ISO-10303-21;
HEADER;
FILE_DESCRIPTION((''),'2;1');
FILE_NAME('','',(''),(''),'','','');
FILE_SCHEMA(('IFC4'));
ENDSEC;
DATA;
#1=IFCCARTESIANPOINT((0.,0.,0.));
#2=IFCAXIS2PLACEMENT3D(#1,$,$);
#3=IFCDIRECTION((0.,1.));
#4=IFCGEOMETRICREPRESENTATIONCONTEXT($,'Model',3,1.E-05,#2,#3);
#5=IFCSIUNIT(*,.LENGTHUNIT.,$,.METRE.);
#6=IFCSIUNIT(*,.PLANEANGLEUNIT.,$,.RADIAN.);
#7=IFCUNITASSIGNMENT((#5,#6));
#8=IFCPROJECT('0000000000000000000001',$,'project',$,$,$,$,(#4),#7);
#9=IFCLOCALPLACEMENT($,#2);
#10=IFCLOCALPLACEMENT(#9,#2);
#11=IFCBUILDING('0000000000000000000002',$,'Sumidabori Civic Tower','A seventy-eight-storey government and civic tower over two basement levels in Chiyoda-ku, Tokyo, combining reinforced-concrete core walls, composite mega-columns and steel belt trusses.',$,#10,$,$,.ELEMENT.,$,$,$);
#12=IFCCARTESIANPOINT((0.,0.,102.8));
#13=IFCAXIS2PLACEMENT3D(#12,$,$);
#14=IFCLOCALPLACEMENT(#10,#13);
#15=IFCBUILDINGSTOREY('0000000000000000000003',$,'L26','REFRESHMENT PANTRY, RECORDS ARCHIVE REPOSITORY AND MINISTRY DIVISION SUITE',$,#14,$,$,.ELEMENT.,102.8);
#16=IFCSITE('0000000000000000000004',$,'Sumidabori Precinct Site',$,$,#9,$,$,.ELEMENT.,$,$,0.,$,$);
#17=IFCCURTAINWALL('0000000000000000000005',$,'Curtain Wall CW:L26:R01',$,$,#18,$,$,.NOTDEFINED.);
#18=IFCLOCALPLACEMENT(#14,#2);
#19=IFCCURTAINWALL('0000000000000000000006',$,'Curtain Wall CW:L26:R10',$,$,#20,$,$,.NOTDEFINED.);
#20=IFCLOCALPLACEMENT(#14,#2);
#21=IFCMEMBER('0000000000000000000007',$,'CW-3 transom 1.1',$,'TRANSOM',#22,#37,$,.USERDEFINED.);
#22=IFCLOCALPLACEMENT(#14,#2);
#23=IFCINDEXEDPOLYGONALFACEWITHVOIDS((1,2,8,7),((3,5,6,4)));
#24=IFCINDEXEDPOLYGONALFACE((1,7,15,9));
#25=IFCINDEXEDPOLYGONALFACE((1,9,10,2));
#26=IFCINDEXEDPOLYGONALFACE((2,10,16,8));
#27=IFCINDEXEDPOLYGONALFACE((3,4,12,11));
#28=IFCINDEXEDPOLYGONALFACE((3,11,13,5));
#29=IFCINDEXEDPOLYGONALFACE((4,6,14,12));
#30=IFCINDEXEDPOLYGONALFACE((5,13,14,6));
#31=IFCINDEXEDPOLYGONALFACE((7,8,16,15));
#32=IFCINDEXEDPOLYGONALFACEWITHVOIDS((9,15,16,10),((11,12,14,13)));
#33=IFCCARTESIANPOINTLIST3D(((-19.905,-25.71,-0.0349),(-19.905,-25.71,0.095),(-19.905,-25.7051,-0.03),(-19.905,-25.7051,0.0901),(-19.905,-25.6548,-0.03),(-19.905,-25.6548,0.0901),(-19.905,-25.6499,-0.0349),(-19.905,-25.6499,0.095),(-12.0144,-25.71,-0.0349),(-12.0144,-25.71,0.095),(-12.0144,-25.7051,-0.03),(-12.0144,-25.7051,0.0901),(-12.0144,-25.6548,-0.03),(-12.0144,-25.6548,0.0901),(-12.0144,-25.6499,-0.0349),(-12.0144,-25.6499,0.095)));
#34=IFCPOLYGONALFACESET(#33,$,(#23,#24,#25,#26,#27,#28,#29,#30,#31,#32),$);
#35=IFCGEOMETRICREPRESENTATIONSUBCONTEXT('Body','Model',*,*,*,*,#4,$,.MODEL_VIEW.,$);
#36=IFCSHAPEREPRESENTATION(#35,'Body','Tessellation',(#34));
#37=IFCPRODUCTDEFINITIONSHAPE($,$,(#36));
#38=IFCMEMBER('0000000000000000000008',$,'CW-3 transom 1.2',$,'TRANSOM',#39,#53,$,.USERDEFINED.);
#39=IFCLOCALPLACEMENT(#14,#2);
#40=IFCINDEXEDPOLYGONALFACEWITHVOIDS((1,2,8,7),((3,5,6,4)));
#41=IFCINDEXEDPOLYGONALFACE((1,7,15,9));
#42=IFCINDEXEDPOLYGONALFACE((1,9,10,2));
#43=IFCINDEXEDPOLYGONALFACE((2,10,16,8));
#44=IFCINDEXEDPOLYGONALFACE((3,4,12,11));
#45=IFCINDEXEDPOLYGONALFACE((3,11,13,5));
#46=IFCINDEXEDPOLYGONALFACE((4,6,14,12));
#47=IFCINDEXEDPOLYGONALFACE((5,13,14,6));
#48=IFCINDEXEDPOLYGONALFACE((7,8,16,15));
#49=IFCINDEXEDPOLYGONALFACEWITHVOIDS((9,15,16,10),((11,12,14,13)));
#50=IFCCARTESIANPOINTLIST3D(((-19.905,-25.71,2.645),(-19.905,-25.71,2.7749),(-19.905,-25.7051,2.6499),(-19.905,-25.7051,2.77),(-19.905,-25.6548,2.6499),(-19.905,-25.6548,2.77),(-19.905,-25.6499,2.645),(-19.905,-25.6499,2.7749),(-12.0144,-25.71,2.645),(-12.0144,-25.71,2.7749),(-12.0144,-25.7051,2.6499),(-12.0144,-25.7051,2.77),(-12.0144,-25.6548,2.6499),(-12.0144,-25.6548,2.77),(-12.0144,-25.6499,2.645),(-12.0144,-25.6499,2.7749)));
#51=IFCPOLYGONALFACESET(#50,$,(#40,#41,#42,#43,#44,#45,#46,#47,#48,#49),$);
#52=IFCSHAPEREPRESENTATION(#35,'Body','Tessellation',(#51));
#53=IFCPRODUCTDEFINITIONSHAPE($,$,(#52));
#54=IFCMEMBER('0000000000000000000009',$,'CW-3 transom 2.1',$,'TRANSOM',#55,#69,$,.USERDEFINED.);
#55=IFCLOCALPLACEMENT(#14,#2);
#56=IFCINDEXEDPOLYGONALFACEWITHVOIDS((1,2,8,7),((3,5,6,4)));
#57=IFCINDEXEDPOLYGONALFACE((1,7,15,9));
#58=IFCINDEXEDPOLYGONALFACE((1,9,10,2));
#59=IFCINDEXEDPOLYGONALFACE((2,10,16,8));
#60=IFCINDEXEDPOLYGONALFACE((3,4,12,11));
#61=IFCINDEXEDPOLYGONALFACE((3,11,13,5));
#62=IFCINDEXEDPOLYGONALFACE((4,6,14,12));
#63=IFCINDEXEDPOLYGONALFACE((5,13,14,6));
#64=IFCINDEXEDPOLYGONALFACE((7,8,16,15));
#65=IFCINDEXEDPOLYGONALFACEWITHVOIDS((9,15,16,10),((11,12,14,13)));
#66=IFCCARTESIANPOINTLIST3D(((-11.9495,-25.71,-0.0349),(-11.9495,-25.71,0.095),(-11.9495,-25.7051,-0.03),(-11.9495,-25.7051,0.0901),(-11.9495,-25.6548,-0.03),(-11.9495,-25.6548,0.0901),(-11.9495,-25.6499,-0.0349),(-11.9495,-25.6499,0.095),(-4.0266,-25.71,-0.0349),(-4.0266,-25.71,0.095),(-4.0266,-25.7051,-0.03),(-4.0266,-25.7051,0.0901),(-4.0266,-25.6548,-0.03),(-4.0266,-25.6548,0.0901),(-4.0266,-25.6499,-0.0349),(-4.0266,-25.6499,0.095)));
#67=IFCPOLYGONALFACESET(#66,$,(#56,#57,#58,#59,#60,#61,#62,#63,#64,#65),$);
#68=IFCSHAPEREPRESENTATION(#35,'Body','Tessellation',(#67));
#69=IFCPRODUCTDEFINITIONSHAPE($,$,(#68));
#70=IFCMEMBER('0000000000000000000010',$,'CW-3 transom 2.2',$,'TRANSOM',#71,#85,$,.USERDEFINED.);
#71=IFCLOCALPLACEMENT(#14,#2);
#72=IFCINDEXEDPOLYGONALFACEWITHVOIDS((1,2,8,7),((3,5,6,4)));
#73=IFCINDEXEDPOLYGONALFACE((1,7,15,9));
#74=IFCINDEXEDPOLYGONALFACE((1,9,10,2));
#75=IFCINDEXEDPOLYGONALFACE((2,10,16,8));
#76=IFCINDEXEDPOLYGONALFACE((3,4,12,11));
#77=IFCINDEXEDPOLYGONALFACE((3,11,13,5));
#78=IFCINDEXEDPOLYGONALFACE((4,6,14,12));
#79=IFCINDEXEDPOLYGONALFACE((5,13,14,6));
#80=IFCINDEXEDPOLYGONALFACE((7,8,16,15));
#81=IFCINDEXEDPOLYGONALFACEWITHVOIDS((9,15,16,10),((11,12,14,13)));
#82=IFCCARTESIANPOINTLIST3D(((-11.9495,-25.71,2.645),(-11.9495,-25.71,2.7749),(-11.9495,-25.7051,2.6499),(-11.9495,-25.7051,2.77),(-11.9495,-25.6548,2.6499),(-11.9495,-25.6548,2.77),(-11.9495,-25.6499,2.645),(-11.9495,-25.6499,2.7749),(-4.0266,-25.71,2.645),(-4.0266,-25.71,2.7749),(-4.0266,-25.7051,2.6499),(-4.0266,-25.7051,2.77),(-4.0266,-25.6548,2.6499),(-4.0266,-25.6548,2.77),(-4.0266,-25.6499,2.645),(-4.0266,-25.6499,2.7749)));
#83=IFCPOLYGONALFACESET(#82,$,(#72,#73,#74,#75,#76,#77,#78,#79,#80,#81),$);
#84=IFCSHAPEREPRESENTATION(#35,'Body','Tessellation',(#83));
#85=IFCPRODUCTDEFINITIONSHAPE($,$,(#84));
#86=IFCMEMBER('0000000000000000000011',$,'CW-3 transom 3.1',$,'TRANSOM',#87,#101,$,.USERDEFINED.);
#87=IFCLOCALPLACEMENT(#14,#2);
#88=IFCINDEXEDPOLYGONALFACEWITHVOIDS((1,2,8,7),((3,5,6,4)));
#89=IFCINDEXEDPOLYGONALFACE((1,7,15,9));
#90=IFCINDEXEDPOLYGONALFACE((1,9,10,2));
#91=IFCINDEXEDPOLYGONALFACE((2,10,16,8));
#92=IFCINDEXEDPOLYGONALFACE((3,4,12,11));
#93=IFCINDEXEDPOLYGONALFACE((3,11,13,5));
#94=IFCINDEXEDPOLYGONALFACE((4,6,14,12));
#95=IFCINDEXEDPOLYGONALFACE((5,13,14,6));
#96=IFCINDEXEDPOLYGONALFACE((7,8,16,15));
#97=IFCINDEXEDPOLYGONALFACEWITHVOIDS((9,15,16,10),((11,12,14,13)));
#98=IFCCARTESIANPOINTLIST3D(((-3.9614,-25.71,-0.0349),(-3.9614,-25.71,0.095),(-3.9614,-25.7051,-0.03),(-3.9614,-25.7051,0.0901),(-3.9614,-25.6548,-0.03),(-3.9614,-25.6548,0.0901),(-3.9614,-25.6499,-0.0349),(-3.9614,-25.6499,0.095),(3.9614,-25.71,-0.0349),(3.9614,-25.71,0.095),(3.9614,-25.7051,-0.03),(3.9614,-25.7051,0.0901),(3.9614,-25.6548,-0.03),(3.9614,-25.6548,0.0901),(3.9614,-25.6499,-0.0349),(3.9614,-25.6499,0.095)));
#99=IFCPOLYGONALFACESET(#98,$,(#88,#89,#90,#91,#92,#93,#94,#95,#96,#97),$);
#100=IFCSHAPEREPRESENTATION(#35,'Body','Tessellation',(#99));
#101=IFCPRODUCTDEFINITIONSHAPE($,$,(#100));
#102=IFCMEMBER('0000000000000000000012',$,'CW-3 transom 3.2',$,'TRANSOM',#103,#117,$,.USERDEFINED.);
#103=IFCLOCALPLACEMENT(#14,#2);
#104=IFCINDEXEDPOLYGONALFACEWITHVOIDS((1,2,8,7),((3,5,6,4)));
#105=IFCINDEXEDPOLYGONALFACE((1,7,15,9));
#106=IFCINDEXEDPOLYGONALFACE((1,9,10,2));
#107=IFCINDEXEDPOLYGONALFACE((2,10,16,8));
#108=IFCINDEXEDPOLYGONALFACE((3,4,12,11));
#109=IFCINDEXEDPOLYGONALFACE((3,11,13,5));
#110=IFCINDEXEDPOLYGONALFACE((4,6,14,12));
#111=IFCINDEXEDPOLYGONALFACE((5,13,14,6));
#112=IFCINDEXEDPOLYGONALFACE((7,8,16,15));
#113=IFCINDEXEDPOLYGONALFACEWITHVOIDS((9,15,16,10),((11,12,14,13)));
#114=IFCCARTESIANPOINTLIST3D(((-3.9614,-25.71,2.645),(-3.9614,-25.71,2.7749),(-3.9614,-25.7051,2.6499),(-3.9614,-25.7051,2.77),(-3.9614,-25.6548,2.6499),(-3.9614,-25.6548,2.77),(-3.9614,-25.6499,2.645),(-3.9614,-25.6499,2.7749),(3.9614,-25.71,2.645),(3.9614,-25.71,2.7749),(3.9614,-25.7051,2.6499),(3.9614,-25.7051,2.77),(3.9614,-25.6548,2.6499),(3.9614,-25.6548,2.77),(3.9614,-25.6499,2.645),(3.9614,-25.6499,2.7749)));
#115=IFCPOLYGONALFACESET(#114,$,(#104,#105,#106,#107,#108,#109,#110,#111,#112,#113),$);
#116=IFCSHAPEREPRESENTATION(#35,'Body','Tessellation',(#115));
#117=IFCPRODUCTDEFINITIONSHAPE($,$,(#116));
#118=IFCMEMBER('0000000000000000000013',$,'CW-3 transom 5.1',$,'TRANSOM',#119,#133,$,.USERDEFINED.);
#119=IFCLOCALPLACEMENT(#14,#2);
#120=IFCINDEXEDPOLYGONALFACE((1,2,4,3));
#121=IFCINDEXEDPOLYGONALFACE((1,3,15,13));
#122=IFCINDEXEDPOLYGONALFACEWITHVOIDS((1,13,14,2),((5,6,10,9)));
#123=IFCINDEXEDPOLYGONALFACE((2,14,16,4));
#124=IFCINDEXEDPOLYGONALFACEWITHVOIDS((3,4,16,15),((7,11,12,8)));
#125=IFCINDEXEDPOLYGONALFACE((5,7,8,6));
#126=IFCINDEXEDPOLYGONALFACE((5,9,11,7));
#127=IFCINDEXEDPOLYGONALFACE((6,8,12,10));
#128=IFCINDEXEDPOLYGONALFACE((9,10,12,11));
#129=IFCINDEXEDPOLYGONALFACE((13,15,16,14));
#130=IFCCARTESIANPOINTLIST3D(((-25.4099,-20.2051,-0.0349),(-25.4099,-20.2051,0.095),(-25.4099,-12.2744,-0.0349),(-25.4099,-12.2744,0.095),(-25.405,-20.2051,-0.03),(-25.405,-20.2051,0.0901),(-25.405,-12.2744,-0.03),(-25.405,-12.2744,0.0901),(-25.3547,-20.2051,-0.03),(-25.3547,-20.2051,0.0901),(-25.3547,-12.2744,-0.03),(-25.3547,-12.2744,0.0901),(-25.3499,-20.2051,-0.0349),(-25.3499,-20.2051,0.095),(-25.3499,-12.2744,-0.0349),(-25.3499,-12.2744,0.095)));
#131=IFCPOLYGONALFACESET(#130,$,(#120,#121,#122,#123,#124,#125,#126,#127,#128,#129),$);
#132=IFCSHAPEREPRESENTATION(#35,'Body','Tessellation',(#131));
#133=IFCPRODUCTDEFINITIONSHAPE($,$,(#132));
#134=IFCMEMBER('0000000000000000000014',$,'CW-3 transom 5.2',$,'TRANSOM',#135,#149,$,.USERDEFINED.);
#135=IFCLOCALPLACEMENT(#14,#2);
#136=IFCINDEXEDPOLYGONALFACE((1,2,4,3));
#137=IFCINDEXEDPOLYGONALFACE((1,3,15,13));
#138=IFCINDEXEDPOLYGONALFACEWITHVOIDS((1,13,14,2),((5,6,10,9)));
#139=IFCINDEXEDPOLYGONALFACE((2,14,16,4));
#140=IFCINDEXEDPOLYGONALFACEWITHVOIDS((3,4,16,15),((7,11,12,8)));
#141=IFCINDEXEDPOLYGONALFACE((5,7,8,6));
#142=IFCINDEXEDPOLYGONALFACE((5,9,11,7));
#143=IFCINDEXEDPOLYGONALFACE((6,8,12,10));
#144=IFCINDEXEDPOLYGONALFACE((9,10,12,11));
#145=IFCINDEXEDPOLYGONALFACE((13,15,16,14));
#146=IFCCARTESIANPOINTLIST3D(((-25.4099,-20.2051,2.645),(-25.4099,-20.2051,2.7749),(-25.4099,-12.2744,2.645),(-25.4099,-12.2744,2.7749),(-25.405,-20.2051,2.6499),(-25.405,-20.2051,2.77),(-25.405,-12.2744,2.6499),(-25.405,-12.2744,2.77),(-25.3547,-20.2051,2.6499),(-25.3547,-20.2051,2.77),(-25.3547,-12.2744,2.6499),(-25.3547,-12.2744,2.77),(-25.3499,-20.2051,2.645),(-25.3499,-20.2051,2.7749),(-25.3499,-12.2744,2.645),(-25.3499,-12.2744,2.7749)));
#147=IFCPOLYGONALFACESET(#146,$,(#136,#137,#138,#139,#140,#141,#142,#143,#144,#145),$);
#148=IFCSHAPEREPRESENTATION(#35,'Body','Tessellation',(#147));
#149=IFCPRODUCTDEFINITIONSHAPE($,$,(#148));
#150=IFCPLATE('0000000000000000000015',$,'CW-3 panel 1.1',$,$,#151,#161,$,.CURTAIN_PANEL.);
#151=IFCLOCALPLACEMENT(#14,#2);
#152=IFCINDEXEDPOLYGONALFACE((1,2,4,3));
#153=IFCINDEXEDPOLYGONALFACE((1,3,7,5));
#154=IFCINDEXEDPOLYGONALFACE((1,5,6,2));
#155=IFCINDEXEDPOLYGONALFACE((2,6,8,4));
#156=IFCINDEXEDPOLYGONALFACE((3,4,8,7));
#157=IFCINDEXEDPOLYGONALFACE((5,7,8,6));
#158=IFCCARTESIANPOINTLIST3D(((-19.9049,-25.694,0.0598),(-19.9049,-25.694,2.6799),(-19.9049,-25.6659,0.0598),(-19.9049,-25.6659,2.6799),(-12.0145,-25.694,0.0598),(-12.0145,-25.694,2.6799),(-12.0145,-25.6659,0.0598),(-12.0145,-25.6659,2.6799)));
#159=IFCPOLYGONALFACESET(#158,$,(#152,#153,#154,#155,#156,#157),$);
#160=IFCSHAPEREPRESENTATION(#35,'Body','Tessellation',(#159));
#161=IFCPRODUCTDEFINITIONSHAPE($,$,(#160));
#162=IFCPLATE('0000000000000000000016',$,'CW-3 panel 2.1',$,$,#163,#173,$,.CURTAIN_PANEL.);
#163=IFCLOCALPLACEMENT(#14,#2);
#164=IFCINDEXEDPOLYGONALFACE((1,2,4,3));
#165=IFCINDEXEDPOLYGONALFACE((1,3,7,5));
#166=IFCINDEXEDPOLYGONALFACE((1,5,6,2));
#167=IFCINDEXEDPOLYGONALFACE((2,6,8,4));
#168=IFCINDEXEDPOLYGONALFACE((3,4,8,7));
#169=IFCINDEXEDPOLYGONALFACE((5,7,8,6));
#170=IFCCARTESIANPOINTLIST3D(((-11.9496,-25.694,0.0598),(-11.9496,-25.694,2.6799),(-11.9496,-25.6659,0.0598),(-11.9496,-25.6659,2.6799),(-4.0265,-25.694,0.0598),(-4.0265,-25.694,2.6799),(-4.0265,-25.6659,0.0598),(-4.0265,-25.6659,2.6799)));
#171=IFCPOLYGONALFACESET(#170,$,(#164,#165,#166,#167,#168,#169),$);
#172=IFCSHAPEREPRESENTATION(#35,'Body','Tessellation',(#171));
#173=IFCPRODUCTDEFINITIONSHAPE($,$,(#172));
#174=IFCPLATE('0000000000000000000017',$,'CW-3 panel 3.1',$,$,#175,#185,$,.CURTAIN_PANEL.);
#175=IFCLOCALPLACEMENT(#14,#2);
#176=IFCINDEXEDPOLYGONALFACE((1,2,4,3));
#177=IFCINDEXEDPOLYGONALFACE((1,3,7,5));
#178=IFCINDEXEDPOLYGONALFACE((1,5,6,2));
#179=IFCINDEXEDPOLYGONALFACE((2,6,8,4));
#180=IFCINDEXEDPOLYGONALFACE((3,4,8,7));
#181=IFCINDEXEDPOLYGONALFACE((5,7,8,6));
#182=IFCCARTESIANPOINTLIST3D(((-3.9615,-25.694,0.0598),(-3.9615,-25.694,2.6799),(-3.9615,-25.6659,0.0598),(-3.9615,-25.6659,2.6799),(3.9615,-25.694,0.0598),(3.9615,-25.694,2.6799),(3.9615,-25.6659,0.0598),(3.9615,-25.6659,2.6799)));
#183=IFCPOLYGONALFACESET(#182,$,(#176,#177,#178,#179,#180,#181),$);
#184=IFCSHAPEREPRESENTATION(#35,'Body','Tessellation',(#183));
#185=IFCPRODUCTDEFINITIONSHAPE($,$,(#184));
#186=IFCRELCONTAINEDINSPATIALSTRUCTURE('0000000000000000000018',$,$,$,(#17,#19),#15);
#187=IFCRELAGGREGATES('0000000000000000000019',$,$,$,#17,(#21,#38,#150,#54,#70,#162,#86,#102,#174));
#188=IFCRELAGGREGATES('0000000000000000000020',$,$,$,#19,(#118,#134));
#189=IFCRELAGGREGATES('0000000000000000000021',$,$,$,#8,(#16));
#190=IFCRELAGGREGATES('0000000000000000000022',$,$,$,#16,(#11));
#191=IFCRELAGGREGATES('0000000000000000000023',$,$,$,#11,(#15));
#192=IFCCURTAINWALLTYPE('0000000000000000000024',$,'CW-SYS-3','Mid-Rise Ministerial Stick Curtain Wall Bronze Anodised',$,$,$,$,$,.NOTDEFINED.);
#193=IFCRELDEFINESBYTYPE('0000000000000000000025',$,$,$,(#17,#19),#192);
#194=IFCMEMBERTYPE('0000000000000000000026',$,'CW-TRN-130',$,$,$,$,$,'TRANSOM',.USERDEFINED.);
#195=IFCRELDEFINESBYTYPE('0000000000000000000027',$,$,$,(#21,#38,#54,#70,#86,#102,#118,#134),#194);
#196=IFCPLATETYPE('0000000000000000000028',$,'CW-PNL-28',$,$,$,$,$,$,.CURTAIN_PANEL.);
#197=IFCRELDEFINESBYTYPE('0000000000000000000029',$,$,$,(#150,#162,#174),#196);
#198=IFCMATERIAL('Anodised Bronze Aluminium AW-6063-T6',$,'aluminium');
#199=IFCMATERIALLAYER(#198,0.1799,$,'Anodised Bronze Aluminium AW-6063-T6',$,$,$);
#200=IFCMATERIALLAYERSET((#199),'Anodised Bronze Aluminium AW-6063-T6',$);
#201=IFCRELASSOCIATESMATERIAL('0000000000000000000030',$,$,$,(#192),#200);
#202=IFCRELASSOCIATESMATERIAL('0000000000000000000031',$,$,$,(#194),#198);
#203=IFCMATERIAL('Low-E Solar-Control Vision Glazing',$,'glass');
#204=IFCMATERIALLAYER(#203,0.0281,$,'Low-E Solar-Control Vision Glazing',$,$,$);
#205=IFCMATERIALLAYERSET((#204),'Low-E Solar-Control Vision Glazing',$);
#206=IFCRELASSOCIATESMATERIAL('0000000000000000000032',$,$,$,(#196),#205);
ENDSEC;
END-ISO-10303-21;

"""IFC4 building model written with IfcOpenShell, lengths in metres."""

from ifc_helpers import new_model, si_unit, direction, frame, origin, origin_2d, place, context, subcontext, project, spatial, rectangle, hollow_rectangle, extrude, source, transform, mapped, material, layer, layer_set, material_profile, profile_set, type_object, element, aggregate, save


model = new_model("IFC4")

# Units and contexts
model_context = context("Model", 3, precision=1e-05, world=origin(), true_north=direction((0.0, 1.0)))
body_context = subcontext(model_context, "Body", "Model", "MODEL_VIEW")
ifc_project = project(units=[si_unit("LENGTHUNIT", "METRE"), si_unit("PLANEANGLEUNIT", "RADIAN")], contexts=[model_context])

# Site, building, storey
site_placement = place(None, origin())
site = spatial("IfcSite", under=ifc_project, at=site_placement, Name="Sumidabori Precinct Site", CompositionType="ELEMENT", RefElevation=0.0)
building_placement = place(site_placement, origin())
building = spatial("IfcBuilding", under=site, at=building_placement, Name="Sumidabori Civic Tower", Description="A seventy-eight-storey government and civic tower over two basement levels in Chiyoda-ku, Tokyo, combining reinforced-concrete core walls, composite mega-columns and steel belt trusses.", CompositionType="ELEMENT")
storey_placement = place(building_placement, frame((0.0, 0.0, 102.8)))
storey = spatial("IfcBuildingStorey", under=building, at=storey_placement, Name="L26", Description="REFRESHMENT PANTRY, RECORDS ARCHIVE REPOSITORY AND MINISTRY DIVISION SUITE", CompositionType="ELEMENT", Elevation=102.8)

# Curtain walls
ifc_material_1 = material(Name="Anodised Bronze Aluminium AW-6063-T6", Category="aluminium")
ifc_layer_1 = layer(ifc_material_1, 0.1799, Name="Anodised Bronze Aluminium AW-6063-T6")
ifc_layer_set_1 = layer_set([ifc_layer_1], Name="Anodised Bronze Aluminium AW-6063-T6")
curtain_wall_type = type_object("IfcCurtainWallType", Name="CW-SYS-3", Description="Mid-Rise Ministerial Stick Curtain Wall Bronze Anodised", PredefinedType="NOTDEFINED", material=ifc_layer_set_1)
curtain_wall_1_placement = place(storey_placement, origin())
curtain_wall_1 = element("IfcCurtainWall", 1, at=curtain_wall_1_placement, inside=storey, type_object=curtain_wall_type, Name="Curtain Wall CW:L26:R01", PredefinedType="NOTDEFINED")
curtain_wall_2_placement = place(storey_placement, origin())
curtain_wall_2 = element("IfcCurtainWall", 2, at=curtain_wall_2_placement, inside=storey, type_object=curtain_wall_type, Name="Curtain Wall CW:L26:R10", PredefinedType="NOTDEFINED")

# Members
ifc_material_profile_1 = material_profile(ifc_material_1, hollow_rectangle(XDim=0.0601, YDim=0.1299, WallThickness=0.0049, at=origin_2d()), Name="ALU TRANSOM 130x60")
ifc_profile_set_1 = profile_set([ifc_material_profile_1], Name="Anodised Bronze Aluminium AW-6063-T6")
member_type_1 = type_object("IfcMemberType", Name="CW-TRN-130", ElementType="TRANSOM", PredefinedType="USERDEFINED", material=ifc_profile_set_1)
shared_shape_1 = source(origin(), body_context, "Body", "SweptSolid", [
    extrude(hollow_rectangle(XDim=0.0601, YDim=0.1299, WallThickness=0.0049, at=origin_2d()), origin(), (0.0, 0.0, 1.0), 7.8906),
])
member_1_placement = place(storey_placement, frame((-19.905, -25.6799, 0.03), z_axis=(1.0, 0.0, 0.0), x_axis=(0.0, 1.0, 0.0)))
member_1 = element("IfcMember", 3, at=member_1_placement, type_object=member_type_1, Name="CW-3 transom 1.1", ObjectType="TRANSOM", PredefinedType="USERDEFINED", context=body_context, shape_type="MappedRepresentation", body=[
    mapped(shared_shape_1, transform((0.0, 0.0, 0.0), x_axis=(1.0, 0.0, 0.0), y_axis=(0.0, 1.0, 0.0), z_axis=(0.0, 0.0, 1.0), scale=1.0)),
])
member_2_placement = place(storey_placement, frame((-19.905, -25.6799, 2.71), z_axis=(1.0, 0.0, 0.0), x_axis=(0.0, 1.0, 0.0)))
member_2 = element("IfcMember", 4, at=member_2_placement, type_object=member_type_1, Name="CW-3 transom 1.2", ObjectType="TRANSOM", PredefinedType="USERDEFINED", context=body_context, shape_type="MappedRepresentation", body=[
    mapped(shared_shape_1, transform((0.0, 0.0, 0.0), x_axis=(1.0, 0.0, 0.0), y_axis=(0.0, 1.0, 0.0), z_axis=(0.0, 0.0, 1.0), scale=1.0)),
])
shared_shape_2 = source(origin(), body_context, "Body", "SweptSolid", [
    extrude(hollow_rectangle(XDim=0.0601, YDim=0.1299, WallThickness=0.0049, at=origin_2d()), origin(), (0.0, 0.0, 1.0), 7.9229),
])
member_3_placement = place(storey_placement, frame((-11.9495, -25.6799, 0.03), z_axis=(1.0, 0.0, 0.0), x_axis=(0.0, 1.0, 0.0)))
member_3 = element("IfcMember", 5, at=member_3_placement, type_object=member_type_1, Name="CW-3 transom 2.1", ObjectType="TRANSOM", PredefinedType="USERDEFINED", context=body_context, shape_type="MappedRepresentation", body=[
    mapped(shared_shape_2, transform((0.0, 0.0, 0.0), x_axis=(1.0, 0.0, 0.0), y_axis=(0.0, 1.0, 0.0), z_axis=(0.0, 0.0, 1.0), scale=1.0)),
])
member_4_placement = place(storey_placement, frame((-11.9495, -25.6799, 2.71), z_axis=(1.0, 0.0, 0.0), x_axis=(0.0, 1.0, 0.0)))
member_4 = element("IfcMember", 6, at=member_4_placement, type_object=member_type_1, Name="CW-3 transom 2.2", ObjectType="TRANSOM", PredefinedType="USERDEFINED", context=body_context, shape_type="MappedRepresentation", body=[
    mapped(shared_shape_2, transform((0.0, 0.0, 0.0), x_axis=(1.0, 0.0, 0.0), y_axis=(0.0, 1.0, 0.0), z_axis=(0.0, 0.0, 1.0), scale=1.0)),
])
member_5_placement = place(storey_placement, frame((-3.9614, -25.6799, 0.03), z_axis=(1.0, 0.0, 0.0), x_axis=(0.0, 1.0, 0.0)))
member_5 = element("IfcMember", 7, at=member_5_placement, type_object=member_type_1, Name="CW-3 transom 3.1", ObjectType="TRANSOM", PredefinedType="USERDEFINED", context=body_context, shape_type="MappedRepresentation", body=[
    mapped(shared_shape_2, transform((0.0, 0.0, 0.0), x_axis=(1.0, 0.0, 0.0), y_axis=(0.0, 1.0, 0.0), z_axis=(0.0, 0.0, 1.0), scale=1.0)),
])
member_6_placement = place(storey_placement, frame((-3.9614, -25.6799, 2.71), z_axis=(1.0, 0.0, 0.0), x_axis=(0.0, 1.0, 0.0)))
member_6 = element("IfcMember", 8, at=member_6_placement, type_object=member_type_1, Name="CW-3 transom 3.2", ObjectType="TRANSOM", PredefinedType="USERDEFINED", context=body_context, shape_type="MappedRepresentation", body=[
    mapped(shared_shape_2, transform((0.0, 0.0, 0.0), x_axis=(1.0, 0.0, 0.0), y_axis=(0.0, 1.0, 0.0), z_axis=(0.0, 0.0, 1.0), scale=1.0)),
])
shared_shape_3 = source(origin(), body_context, "Body", "SweptSolid", [
    extrude(hollow_rectangle(XDim=0.0601, YDim=0.1299, WallThickness=0.0049, at=origin_2d()), origin(), (0.0, 0.0, 1.0), 7.9307),
])
member_7_placement = place(storey_placement, frame((-25.3799, -12.2744, 0.03), z_axis=(0.0, -1.0, 0.0), x_axis=(1.0, 0.0, 0.0)))
member_7 = element("IfcMember", 9, at=member_7_placement, type_object=member_type_1, Name="CW-3 transom 5.1", ObjectType="TRANSOM", PredefinedType="USERDEFINED", context=body_context, shape_type="MappedRepresentation", body=[
    mapped(shared_shape_3, transform((0.0, 0.0, 0.0), x_axis=(1.0, 0.0, 0.0), y_axis=(0.0, 1.0, 0.0), z_axis=(0.0, 0.0, 1.0), scale=1.0)),
])
member_8_placement = place(storey_placement, frame((-25.3799, -12.2744, 2.71), z_axis=(0.0, -1.0, 0.0), x_axis=(1.0, 0.0, 0.0)))
member_8 = element("IfcMember", 10, at=member_8_placement, type_object=member_type_1, Name="CW-3 transom 5.2", ObjectType="TRANSOM", PredefinedType="USERDEFINED", context=body_context, shape_type="MappedRepresentation", body=[
    mapped(shared_shape_3, transform((0.0, 0.0, 0.0), x_axis=(1.0, 0.0, 0.0), y_axis=(0.0, 1.0, 0.0), z_axis=(0.0, 0.0, 1.0), scale=1.0)),
])

# Plates
ifc_material_2 = material(Name="Low-E Solar-Control Vision Glazing", Category="glass")
ifc_layer_2 = layer(ifc_material_2, 0.0281, Name="Low-E Solar-Control Vision Glazing")
ifc_layer_set_2 = layer_set([ifc_layer_2], Name="Low-E Solar-Control Vision Glazing")
plate_type = type_object("IfcPlateType", Name="CW-PNL-28", PredefinedType="CURTAIN_PANEL", material=ifc_layer_set_2)
shared_shape_4 = source(origin(), body_context, "Body", "SweptSolid", [
    extrude(rectangle(XDim=7.8904, YDim=0.0281, at=origin_2d()), origin(), (0.0, 0.0, 1.0), 2.6201),
])
plate_1_placement = place(storey_placement, frame((-15.9597, -25.6799, 0.0598), z_axis=(0.0, 0.0, 1.0), x_axis=(1.0, 0.0, 0.0)))
plate_1 = element("IfcPlate", 11, at=plate_1_placement, type_object=plate_type, Name="CW-3 panel 1.1", PredefinedType="CURTAIN_PANEL", context=body_context, shape_type="MappedRepresentation", body=[
    mapped(shared_shape_4, transform((0.0, 0.0, 0.0), x_axis=(1.0, 0.0, 0.0), y_axis=(0.0, 1.0, 0.0), z_axis=(0.0, 0.0, 1.0), scale=1.0)),
])
shared_shape_5 = source(origin(), body_context, "Body", "SweptSolid", [
    extrude(rectangle(XDim=7.9231, YDim=0.0281, at=origin_2d()), origin(), (0.0, 0.0, 1.0), 2.6201),
])
plate_2_placement = place(storey_placement, frame((-7.988, -25.6799, 0.0598), z_axis=(0.0, 0.0, 1.0), x_axis=(1.0, 0.0, 0.0)))
plate_2 = element("IfcPlate", 12, at=plate_2_placement, type_object=plate_type, Name="CW-3 panel 2.1", PredefinedType="CURTAIN_PANEL", context=body_context, shape_type="MappedRepresentation", body=[
    mapped(shared_shape_5, transform((0.0, 0.0, 0.0), x_axis=(1.0, 0.0, 0.0), y_axis=(0.0, 1.0, 0.0), z_axis=(0.0, 0.0, 1.0), scale=1.0)),
])
plate_3_placement = place(storey_placement, frame((0.0, -25.6799, 0.0598), z_axis=(0.0, 0.0, 1.0), x_axis=(1.0, 0.0, 0.0)))
plate_3 = element("IfcPlate", 13, at=plate_3_placement, type_object=plate_type, Name="CW-3 panel 3.1", PredefinedType="CURTAIN_PANEL", context=body_context, shape_type="MappedRepresentation", body=[
    mapped(shared_shape_5, transform((0.0, 0.0, 0.0), x_axis=(1.0, 0.0, 0.0), y_axis=(0.0, 1.0, 0.0), z_axis=(0.0, 0.0, 1.0), scale=1.0)),
])
aggregate(curtain_wall_1, [member_1, member_2, plate_1, member_3, member_4, plate_2, member_5, member_6, plate_3])
aggregate(curtain_wall_2, [member_7, member_8])

save(model, "model.ifc")
